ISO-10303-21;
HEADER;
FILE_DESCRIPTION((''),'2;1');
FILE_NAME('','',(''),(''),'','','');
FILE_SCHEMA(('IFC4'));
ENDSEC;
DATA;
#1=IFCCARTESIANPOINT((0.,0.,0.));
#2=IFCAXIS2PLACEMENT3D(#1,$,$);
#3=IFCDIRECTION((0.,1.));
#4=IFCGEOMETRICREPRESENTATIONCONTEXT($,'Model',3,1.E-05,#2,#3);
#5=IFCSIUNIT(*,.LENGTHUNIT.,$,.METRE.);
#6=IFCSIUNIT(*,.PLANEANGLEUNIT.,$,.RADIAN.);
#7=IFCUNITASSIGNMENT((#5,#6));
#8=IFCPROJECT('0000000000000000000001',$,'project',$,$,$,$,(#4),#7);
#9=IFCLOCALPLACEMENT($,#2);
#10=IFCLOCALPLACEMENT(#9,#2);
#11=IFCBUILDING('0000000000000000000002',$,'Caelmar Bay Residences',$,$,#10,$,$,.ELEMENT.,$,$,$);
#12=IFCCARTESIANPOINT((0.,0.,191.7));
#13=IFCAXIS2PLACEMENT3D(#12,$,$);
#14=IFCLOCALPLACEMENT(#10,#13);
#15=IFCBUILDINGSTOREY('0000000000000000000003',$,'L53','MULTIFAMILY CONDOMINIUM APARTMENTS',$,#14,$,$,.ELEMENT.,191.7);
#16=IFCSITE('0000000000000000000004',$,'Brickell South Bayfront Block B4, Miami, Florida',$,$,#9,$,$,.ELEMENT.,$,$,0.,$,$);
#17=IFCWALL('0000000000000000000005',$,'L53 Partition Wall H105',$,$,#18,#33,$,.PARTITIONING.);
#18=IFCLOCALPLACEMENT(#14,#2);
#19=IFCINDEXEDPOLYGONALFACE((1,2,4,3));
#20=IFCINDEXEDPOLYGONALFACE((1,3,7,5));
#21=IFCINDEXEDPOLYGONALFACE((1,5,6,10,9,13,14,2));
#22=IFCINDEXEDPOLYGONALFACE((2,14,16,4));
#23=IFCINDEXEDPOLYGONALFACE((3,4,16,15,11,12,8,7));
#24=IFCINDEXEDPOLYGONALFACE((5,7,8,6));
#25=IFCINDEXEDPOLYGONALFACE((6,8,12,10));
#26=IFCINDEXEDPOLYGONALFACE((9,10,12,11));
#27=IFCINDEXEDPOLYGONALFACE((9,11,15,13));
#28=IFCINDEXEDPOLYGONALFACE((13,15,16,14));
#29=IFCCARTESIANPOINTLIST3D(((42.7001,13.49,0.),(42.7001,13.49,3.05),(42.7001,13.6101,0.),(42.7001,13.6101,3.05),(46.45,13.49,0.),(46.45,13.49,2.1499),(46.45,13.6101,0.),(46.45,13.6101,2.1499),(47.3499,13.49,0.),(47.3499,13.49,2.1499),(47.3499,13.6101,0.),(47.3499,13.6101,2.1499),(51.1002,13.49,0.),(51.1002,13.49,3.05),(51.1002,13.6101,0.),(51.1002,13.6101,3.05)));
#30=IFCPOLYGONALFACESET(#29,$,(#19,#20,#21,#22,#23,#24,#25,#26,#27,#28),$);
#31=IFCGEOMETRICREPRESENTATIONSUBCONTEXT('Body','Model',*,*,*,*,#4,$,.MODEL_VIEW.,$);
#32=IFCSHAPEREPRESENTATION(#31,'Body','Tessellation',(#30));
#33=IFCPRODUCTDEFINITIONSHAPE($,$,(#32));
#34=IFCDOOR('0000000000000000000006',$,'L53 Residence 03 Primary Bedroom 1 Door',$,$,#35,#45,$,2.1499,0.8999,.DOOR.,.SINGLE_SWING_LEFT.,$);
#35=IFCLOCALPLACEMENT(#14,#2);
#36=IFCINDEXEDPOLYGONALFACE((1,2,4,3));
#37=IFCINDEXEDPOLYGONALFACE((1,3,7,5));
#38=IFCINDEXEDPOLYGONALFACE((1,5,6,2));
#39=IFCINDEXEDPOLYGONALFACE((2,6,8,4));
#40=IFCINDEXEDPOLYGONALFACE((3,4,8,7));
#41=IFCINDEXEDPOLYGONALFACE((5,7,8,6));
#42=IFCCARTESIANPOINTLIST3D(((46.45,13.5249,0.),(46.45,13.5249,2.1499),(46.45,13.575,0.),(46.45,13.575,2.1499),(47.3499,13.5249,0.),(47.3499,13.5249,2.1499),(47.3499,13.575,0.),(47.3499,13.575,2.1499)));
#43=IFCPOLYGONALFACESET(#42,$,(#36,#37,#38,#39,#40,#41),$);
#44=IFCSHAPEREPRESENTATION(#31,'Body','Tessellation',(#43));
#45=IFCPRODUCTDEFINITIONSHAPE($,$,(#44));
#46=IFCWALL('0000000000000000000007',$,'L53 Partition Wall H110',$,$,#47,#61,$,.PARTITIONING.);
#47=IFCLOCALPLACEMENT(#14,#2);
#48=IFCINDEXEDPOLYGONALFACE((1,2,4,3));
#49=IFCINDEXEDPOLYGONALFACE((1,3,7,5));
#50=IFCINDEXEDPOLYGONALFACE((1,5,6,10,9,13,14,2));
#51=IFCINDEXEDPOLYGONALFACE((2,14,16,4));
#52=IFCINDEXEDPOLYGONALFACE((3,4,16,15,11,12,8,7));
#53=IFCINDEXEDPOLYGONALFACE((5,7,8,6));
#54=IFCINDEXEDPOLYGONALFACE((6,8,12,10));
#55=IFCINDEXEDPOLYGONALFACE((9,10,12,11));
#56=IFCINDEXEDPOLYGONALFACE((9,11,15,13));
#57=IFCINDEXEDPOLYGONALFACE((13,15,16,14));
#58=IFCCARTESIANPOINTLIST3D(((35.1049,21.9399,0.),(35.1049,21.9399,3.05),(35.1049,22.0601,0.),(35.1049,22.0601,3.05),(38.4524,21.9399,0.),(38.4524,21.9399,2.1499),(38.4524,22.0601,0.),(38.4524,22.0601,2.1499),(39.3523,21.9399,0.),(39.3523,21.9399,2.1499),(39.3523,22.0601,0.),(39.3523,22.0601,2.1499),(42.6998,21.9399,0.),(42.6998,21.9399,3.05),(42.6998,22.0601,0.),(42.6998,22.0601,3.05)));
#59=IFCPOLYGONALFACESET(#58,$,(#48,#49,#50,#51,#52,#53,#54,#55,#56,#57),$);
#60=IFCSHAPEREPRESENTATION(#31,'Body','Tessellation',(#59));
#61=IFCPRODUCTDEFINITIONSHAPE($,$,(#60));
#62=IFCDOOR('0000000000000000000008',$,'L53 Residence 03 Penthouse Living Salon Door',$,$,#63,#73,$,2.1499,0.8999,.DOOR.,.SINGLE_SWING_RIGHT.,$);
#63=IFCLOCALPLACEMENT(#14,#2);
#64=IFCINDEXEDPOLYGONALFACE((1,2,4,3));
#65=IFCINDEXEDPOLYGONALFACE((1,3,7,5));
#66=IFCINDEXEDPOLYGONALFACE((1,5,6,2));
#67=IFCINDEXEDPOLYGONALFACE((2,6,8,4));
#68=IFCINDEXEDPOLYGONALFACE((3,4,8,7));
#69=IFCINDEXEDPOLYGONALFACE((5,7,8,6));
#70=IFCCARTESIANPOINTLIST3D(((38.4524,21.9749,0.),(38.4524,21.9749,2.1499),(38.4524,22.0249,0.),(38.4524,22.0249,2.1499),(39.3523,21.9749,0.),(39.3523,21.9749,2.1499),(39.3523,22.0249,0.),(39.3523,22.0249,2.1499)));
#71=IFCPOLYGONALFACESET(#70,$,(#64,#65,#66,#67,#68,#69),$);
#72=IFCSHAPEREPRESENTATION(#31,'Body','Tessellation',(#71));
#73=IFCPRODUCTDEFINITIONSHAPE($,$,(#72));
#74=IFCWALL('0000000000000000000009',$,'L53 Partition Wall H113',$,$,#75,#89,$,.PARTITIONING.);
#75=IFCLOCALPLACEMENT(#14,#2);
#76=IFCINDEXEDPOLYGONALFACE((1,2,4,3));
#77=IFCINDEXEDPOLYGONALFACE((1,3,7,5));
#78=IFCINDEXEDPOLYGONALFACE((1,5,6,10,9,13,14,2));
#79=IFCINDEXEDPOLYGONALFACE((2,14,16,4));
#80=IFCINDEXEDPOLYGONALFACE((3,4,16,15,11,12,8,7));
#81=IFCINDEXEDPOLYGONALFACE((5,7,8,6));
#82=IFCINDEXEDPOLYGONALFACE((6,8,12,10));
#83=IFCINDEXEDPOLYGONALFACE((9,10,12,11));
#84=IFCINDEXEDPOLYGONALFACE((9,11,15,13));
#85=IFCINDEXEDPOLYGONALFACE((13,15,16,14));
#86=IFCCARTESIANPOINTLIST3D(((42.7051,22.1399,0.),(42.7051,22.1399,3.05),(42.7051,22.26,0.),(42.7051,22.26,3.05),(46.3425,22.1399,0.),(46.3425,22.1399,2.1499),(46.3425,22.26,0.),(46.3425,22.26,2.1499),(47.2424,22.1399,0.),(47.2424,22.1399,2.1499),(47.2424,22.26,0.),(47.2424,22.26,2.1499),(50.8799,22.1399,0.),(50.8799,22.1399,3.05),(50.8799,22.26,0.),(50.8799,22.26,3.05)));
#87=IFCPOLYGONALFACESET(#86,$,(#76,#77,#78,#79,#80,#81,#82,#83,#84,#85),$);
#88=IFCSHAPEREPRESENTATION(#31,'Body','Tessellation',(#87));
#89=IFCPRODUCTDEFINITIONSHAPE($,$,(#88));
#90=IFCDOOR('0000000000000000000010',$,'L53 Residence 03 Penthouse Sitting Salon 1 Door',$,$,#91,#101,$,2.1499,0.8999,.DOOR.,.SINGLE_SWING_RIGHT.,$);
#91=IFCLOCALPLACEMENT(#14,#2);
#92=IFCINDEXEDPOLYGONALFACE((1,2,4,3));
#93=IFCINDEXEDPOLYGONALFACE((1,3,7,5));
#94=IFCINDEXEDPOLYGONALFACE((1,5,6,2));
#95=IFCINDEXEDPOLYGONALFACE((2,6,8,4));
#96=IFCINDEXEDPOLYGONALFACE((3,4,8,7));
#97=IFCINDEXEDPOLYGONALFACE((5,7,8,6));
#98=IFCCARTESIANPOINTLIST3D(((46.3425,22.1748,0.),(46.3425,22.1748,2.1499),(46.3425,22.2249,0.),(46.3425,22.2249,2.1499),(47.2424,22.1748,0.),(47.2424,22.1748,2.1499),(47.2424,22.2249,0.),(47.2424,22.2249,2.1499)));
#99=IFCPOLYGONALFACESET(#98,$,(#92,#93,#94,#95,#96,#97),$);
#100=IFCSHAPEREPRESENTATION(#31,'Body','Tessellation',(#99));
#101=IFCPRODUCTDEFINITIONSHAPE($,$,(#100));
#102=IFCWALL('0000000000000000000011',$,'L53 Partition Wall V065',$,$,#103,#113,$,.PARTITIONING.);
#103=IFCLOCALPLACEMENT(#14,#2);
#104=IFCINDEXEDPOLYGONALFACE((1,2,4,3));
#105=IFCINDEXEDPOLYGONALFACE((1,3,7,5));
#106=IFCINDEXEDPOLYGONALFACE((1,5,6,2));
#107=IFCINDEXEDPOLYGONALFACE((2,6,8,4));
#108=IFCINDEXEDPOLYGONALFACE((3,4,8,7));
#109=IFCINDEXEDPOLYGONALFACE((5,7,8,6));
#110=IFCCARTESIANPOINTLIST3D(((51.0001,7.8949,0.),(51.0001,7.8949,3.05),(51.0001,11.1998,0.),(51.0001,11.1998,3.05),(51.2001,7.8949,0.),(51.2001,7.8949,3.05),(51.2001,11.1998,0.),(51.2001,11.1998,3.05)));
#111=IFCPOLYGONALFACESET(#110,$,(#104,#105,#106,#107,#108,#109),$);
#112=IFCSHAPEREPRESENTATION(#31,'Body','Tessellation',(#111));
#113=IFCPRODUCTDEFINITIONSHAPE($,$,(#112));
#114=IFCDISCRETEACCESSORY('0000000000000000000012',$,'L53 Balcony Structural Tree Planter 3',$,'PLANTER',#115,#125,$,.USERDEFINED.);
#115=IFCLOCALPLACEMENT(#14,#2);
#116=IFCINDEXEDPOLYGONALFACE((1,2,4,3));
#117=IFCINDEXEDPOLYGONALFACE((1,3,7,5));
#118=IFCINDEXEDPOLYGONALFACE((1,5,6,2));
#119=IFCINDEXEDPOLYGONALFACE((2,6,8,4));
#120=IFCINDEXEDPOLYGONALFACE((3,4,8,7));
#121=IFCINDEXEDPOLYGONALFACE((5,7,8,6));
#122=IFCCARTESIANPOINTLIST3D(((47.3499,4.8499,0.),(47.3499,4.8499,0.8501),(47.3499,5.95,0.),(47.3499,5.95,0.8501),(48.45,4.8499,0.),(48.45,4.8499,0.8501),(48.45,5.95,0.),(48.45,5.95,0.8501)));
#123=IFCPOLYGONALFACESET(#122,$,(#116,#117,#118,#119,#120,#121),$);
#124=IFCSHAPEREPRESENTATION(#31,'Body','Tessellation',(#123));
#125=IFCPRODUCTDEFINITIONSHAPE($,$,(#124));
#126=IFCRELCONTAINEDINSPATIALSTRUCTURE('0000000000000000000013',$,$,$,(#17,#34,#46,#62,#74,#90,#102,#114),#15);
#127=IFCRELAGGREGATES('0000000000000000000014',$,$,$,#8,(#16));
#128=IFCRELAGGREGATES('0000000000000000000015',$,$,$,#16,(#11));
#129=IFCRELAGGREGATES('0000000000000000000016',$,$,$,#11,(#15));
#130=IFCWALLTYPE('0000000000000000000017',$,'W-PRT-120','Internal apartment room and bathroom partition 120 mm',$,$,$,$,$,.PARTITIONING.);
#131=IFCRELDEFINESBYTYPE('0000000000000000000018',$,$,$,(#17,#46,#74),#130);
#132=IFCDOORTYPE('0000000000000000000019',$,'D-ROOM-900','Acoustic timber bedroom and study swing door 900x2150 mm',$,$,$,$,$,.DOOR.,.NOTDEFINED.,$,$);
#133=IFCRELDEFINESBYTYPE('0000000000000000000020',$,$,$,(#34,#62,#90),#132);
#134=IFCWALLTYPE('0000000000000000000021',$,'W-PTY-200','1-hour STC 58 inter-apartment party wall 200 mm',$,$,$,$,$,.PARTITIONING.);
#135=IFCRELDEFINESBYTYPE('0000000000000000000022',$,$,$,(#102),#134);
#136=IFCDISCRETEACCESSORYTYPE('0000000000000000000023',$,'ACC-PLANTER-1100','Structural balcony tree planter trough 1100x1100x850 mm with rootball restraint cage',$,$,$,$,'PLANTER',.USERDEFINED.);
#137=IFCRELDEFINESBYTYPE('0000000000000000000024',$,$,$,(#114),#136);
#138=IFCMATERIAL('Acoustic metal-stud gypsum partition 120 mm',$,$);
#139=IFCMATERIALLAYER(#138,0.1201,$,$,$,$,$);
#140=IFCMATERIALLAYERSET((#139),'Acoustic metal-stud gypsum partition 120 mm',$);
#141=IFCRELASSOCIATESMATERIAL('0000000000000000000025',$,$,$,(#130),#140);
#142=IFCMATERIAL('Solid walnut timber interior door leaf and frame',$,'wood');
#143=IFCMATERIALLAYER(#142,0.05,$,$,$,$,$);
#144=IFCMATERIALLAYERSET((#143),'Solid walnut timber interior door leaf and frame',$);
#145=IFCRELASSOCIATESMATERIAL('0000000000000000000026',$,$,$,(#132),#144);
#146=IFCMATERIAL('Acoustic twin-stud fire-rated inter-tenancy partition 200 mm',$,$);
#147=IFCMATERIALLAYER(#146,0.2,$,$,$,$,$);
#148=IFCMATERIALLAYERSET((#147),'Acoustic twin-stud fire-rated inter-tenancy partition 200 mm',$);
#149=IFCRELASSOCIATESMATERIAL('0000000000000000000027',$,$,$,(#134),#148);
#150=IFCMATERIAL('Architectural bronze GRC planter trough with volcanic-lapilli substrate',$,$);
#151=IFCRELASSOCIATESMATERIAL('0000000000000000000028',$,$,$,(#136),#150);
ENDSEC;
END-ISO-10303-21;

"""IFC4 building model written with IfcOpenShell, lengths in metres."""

from ifc_helpers import new_model, si_unit, direction, frame, frame_2d, origin, origin_2d, place, context, subcontext, project, spatial, rectangle, extrude, material, layer, layer_set, type_object, element, fill, save


model = new_model("IFC4")

# Units and contexts
model_context = context("Model", 3, precision=1e-05, world=origin(), true_north=direction((0.0, 1.0)))
body_context = subcontext(model_context, "Body", "Model", "MODEL_VIEW")
ifc_project = project(units=[si_unit("LENGTHUNIT", "METRE"), si_unit("PLANEANGLEUNIT", "RADIAN")], contexts=[model_context])

# Site, building, storey
site_placement = place(None, origin())
site = spatial("IfcSite", under=ifc_project, at=site_placement, Name="Brickell South Bayfront Block B4, Miami, Florida", CompositionType="ELEMENT", RefElevation=0.0)
building_placement = place(site_placement, origin())
building = spatial("IfcBuilding", under=site, at=building_placement, Name="Caelmar Bay Residences", CompositionType="ELEMENT")
storey_placement = place(building_placement, frame((0.0, 0.0, 191.7)))
storey = spatial("IfcBuildingStorey", under=building, at=storey_placement, Name="L53", Description="MULTIFAMILY CONDOMINIUM APARTMENTS", CompositionType="ELEMENT", Elevation=191.7)

# Shared definitions
ifc_material_1 = material(Name="Acoustic metal-stud gypsum partition 120 mm")
ifc_layer_1 = layer(ifc_material_1, 0.1201)
ifc_layer_set_1 = layer_set([ifc_layer_1], Name="Acoustic metal-stud gypsum partition 120 mm")
wall_type_1 = type_object("IfcWallType", Name="W-PRT-120", Description="Internal apartment room and bathroom partition 120 mm", PredefinedType="PARTITIONING", material=ifc_layer_set_1)

# Walls, openings, doors
wall_1_placement = place(storey_placement, frame((42.7, 13.55, 0.0), z_axis=(0.0, 0.0, 1.0), x_axis=(1.0, 0.0, 0.0)))
wall_1 = element("IfcWall", 1, at=wall_1_placement, inside=storey, type_object=wall_type_1, Name="L53 Partition Wall H105", PredefinedType="PARTITIONING", context=body_context, shape_type="SweptSolid", body=[
    extrude(rectangle(XDim=8.4001, YDim=0.1201, at=frame_2d((4.2002, 0.0))), origin(), (0.0, 0.0, 1.0), 3.05),
])
opening_1_placement = place(wall_1_placement, frame((3.75, 0.0, 0.0)))
opening_1 = element("IfcOpeningElement", 2, at=opening_1_placement, cuts=wall_1, PredefinedType="OPENING", context=body_context, shape_type="SweptSolid", body=[
    extrude(rectangle(XDim=0.8999, YDim=2.1499, at=frame_2d((0.45, 1.075))), frame((0.0, 0.0701, 0.0), z_axis=(0.0, -1.0, 0.0), x_axis=(1.0, 0.0, 0.0)), (0.0, 0.0, 1.0), 0.1401),
])
ifc_material_2 = material(Name="Solid walnut timber interior door leaf and frame", Category="wood")
ifc_layer_2 = layer(ifc_material_2, 0.05)
ifc_layer_set_2 = layer_set([ifc_layer_2], Name="Solid walnut timber interior door leaf and frame")
door_type = type_object("IfcDoorType", Name="D-ROOM-900", Description="Acoustic timber bedroom and study swing door 900x2150 mm", OperationType="NOTDEFINED", PredefinedType="DOOR", material=ifc_layer_set_2)
door_1_placement = place(opening_1_placement, origin())
door_1 = element("IfcDoor", 3, at=door_1_placement, inside=storey, type_object=door_type, Name="L53 Residence 03 Primary Bedroom 1 Door", OperationType="SINGLE_SWING_LEFT", OverallHeight=2.1499, OverallWidth=0.8999, PredefinedType="DOOR", context=body_context, shape_type="SweptSolid", body=[
    extrude(rectangle(XDim=0.8999, YDim=2.1499, at=frame_2d((0.45, 1.075))), frame((0.0, 0.0249, 0.0), z_axis=(0.0, -1.0, 0.0), x_axis=(1.0, 0.0, 0.0)), (0.0, 0.0, 1.0), 0.05),
])
fill(opening_1, door_1)
wall_2_placement = place(storey_placement, frame((35.105, 22.0, 0.0), z_axis=(0.0, 0.0, 1.0), x_axis=(1.0, 0.0, 0.0)))
wall_2 = element("IfcWall", 4, at=wall_2_placement, inside=storey, type_object=wall_type_1, Name="L53 Partition Wall H110", PredefinedType="PARTITIONING", context=body_context, shape_type="SweptSolid", body=[
    extrude(rectangle(XDim=7.595, YDim=0.1201, at=frame_2d((3.7974, 0.0))), origin(), (0.0, 0.0, 1.0), 3.05),
])
opening_2_placement = place(wall_2_placement, frame((3.3474, 0.0, 0.0)))
opening_2 = element("IfcOpeningElement", 5, at=opening_2_placement, cuts=wall_2, PredefinedType="OPENING", context=body_context, shape_type="SweptSolid", body=[
    extrude(rectangle(XDim=0.8999, YDim=2.1499, at=frame_2d((0.45, 1.075))), frame((0.0, 0.0701, 0.0), z_axis=(0.0, -1.0, 0.0), x_axis=(1.0, 0.0, 0.0)), (0.0, 0.0, 1.0), 0.1401),
])
door_2_placement = place(opening_2_placement, origin())
door_2 = element("IfcDoor", 6, at=door_2_placement, inside=storey, type_object=door_type, Name="L53 Residence 03 Penthouse Living Salon Door", OperationType="SINGLE_SWING_RIGHT", OverallHeight=2.1499, OverallWidth=0.8999, PredefinedType="DOOR", context=body_context, shape_type="SweptSolid", body=[
    extrude(rectangle(XDim=0.8999, YDim=2.1499, at=frame_2d((0.45, 1.075))), frame((0.0, 0.0249, 0.0), z_axis=(0.0, -1.0, 0.0), x_axis=(1.0, 0.0, 0.0)), (0.0, 0.0, 1.0), 0.05),
])
fill(opening_2, door_2)
wall_3_placement = place(storey_placement, frame((42.7051, 22.2, 0.0), z_axis=(0.0, 0.0, 1.0), x_axis=(1.0, 0.0, 0.0)))
wall_3 = element("IfcWall", 7, at=wall_3_placement, inside=storey, type_object=wall_type_1, Name="L53 Partition Wall H113", PredefinedType="PARTITIONING", context=body_context, shape_type="SweptSolid", body=[
    extrude(rectangle(XDim=8.1748, YDim=0.1201, at=frame_2d((4.0874, 0.0))), origin(), (0.0, 0.0, 1.0), 3.05),
])
opening_3_placement = place(wall_3_placement, frame((3.6375, 0.0, 0.0)))
opening_3 = element("IfcOpeningElement", 8, at=opening_3_placement, cuts=wall_3, PredefinedType="OPENING", context=body_context, shape_type="SweptSolid", body=[
    extrude(rectangle(XDim=0.8999, YDim=2.1499, at=frame_2d((0.45, 1.075))), frame((0.0, 0.0701, 0.0), z_axis=(0.0, -1.0, 0.0), x_axis=(1.0, 0.0, 0.0)), (0.0, 0.0, 1.0), 0.1401),
])
door_3_placement = place(opening_3_placement, origin())
door_3 = element("IfcDoor", 9, at=door_3_placement, inside=storey, type_object=door_type, Name="L53 Residence 03 Penthouse Sitting Salon 1 Door", OperationType="SINGLE_SWING_RIGHT", OverallHeight=2.1499, OverallWidth=0.8999, PredefinedType="DOOR", context=body_context, shape_type="SweptSolid", body=[
    extrude(rectangle(XDim=0.8999, YDim=2.1499, at=frame_2d((0.45, 1.075))), frame((0.0, 0.0249, 0.0), z_axis=(0.0, -1.0, 0.0), x_axis=(1.0, 0.0, 0.0)), (0.0, 0.0, 1.0), 0.05),
])
fill(opening_3, door_3)

# Wall
ifc_material_3 = material(Name="Acoustic twin-stud fire-rated inter-tenancy partition 200 mm")
ifc_layer_3 = layer(ifc_material_3, 0.2)
ifc_layer_set_3 = layer_set([ifc_layer_3], Name="Acoustic twin-stud fire-rated inter-tenancy partition 200 mm")
wall_type_2 = type_object("IfcWallType", Name="W-PTY-200", Description="1-hour STC 58 inter-apartment party wall 200 mm", PredefinedType="PARTITIONING", material=ifc_layer_set_3)
wall_4_placement = place(storey_placement, frame((51.1001, 7.895, 0.0), z_axis=(0.0, 0.0, 1.0), x_axis=(0.0, 1.0, 0.0)))
element("IfcWall", 10, at=wall_4_placement, inside=storey, type_object=wall_type_2, Name="L53 Partition Wall V065", PredefinedType="PARTITIONING", context=body_context, shape_type="SweptSolid", body=[
    extrude(rectangle(XDim=3.3049, YDim=0.2, at=frame_2d((1.6523, 0.0))), origin(), (0.0, 0.0, 1.0), 3.05),
])

# Discrete accessory
ifc_material_4 = material(Name="Architectural bronze GRC planter trough with volcanic-lapilli substrate")
discrete_accessory_type = type_object("IfcDiscreteAccessoryType", Name="ACC-PLANTER-1100", Description="Structural balcony tree planter trough 1100x1100x850 mm with rootball restraint cage", ElementType="PLANTER", PredefinedType="USERDEFINED", material=ifc_material_4)
discrete_accessory_placement = place(storey_placement, frame((47.8999, 5.3999, 0.0), z_axis=(0.0, 0.0, 1.0), x_axis=(1.0, 0.0, 0.0)))
element("IfcDiscreteAccessory", 11, at=discrete_accessory_placement, inside=storey, type_object=discrete_accessory_type, Name="L53 Balcony Structural Tree Planter 3", ObjectType="PLANTER", PredefinedType="USERDEFINED", context=body_context, shape_type="SweptSolid", body=[
    extrude(rectangle(XDim=1.1001, YDim=1.1001, at=origin_2d()), origin(), (0.0, 0.0, 1.0), 0.8501),
])

save(model, "model.ifc")
